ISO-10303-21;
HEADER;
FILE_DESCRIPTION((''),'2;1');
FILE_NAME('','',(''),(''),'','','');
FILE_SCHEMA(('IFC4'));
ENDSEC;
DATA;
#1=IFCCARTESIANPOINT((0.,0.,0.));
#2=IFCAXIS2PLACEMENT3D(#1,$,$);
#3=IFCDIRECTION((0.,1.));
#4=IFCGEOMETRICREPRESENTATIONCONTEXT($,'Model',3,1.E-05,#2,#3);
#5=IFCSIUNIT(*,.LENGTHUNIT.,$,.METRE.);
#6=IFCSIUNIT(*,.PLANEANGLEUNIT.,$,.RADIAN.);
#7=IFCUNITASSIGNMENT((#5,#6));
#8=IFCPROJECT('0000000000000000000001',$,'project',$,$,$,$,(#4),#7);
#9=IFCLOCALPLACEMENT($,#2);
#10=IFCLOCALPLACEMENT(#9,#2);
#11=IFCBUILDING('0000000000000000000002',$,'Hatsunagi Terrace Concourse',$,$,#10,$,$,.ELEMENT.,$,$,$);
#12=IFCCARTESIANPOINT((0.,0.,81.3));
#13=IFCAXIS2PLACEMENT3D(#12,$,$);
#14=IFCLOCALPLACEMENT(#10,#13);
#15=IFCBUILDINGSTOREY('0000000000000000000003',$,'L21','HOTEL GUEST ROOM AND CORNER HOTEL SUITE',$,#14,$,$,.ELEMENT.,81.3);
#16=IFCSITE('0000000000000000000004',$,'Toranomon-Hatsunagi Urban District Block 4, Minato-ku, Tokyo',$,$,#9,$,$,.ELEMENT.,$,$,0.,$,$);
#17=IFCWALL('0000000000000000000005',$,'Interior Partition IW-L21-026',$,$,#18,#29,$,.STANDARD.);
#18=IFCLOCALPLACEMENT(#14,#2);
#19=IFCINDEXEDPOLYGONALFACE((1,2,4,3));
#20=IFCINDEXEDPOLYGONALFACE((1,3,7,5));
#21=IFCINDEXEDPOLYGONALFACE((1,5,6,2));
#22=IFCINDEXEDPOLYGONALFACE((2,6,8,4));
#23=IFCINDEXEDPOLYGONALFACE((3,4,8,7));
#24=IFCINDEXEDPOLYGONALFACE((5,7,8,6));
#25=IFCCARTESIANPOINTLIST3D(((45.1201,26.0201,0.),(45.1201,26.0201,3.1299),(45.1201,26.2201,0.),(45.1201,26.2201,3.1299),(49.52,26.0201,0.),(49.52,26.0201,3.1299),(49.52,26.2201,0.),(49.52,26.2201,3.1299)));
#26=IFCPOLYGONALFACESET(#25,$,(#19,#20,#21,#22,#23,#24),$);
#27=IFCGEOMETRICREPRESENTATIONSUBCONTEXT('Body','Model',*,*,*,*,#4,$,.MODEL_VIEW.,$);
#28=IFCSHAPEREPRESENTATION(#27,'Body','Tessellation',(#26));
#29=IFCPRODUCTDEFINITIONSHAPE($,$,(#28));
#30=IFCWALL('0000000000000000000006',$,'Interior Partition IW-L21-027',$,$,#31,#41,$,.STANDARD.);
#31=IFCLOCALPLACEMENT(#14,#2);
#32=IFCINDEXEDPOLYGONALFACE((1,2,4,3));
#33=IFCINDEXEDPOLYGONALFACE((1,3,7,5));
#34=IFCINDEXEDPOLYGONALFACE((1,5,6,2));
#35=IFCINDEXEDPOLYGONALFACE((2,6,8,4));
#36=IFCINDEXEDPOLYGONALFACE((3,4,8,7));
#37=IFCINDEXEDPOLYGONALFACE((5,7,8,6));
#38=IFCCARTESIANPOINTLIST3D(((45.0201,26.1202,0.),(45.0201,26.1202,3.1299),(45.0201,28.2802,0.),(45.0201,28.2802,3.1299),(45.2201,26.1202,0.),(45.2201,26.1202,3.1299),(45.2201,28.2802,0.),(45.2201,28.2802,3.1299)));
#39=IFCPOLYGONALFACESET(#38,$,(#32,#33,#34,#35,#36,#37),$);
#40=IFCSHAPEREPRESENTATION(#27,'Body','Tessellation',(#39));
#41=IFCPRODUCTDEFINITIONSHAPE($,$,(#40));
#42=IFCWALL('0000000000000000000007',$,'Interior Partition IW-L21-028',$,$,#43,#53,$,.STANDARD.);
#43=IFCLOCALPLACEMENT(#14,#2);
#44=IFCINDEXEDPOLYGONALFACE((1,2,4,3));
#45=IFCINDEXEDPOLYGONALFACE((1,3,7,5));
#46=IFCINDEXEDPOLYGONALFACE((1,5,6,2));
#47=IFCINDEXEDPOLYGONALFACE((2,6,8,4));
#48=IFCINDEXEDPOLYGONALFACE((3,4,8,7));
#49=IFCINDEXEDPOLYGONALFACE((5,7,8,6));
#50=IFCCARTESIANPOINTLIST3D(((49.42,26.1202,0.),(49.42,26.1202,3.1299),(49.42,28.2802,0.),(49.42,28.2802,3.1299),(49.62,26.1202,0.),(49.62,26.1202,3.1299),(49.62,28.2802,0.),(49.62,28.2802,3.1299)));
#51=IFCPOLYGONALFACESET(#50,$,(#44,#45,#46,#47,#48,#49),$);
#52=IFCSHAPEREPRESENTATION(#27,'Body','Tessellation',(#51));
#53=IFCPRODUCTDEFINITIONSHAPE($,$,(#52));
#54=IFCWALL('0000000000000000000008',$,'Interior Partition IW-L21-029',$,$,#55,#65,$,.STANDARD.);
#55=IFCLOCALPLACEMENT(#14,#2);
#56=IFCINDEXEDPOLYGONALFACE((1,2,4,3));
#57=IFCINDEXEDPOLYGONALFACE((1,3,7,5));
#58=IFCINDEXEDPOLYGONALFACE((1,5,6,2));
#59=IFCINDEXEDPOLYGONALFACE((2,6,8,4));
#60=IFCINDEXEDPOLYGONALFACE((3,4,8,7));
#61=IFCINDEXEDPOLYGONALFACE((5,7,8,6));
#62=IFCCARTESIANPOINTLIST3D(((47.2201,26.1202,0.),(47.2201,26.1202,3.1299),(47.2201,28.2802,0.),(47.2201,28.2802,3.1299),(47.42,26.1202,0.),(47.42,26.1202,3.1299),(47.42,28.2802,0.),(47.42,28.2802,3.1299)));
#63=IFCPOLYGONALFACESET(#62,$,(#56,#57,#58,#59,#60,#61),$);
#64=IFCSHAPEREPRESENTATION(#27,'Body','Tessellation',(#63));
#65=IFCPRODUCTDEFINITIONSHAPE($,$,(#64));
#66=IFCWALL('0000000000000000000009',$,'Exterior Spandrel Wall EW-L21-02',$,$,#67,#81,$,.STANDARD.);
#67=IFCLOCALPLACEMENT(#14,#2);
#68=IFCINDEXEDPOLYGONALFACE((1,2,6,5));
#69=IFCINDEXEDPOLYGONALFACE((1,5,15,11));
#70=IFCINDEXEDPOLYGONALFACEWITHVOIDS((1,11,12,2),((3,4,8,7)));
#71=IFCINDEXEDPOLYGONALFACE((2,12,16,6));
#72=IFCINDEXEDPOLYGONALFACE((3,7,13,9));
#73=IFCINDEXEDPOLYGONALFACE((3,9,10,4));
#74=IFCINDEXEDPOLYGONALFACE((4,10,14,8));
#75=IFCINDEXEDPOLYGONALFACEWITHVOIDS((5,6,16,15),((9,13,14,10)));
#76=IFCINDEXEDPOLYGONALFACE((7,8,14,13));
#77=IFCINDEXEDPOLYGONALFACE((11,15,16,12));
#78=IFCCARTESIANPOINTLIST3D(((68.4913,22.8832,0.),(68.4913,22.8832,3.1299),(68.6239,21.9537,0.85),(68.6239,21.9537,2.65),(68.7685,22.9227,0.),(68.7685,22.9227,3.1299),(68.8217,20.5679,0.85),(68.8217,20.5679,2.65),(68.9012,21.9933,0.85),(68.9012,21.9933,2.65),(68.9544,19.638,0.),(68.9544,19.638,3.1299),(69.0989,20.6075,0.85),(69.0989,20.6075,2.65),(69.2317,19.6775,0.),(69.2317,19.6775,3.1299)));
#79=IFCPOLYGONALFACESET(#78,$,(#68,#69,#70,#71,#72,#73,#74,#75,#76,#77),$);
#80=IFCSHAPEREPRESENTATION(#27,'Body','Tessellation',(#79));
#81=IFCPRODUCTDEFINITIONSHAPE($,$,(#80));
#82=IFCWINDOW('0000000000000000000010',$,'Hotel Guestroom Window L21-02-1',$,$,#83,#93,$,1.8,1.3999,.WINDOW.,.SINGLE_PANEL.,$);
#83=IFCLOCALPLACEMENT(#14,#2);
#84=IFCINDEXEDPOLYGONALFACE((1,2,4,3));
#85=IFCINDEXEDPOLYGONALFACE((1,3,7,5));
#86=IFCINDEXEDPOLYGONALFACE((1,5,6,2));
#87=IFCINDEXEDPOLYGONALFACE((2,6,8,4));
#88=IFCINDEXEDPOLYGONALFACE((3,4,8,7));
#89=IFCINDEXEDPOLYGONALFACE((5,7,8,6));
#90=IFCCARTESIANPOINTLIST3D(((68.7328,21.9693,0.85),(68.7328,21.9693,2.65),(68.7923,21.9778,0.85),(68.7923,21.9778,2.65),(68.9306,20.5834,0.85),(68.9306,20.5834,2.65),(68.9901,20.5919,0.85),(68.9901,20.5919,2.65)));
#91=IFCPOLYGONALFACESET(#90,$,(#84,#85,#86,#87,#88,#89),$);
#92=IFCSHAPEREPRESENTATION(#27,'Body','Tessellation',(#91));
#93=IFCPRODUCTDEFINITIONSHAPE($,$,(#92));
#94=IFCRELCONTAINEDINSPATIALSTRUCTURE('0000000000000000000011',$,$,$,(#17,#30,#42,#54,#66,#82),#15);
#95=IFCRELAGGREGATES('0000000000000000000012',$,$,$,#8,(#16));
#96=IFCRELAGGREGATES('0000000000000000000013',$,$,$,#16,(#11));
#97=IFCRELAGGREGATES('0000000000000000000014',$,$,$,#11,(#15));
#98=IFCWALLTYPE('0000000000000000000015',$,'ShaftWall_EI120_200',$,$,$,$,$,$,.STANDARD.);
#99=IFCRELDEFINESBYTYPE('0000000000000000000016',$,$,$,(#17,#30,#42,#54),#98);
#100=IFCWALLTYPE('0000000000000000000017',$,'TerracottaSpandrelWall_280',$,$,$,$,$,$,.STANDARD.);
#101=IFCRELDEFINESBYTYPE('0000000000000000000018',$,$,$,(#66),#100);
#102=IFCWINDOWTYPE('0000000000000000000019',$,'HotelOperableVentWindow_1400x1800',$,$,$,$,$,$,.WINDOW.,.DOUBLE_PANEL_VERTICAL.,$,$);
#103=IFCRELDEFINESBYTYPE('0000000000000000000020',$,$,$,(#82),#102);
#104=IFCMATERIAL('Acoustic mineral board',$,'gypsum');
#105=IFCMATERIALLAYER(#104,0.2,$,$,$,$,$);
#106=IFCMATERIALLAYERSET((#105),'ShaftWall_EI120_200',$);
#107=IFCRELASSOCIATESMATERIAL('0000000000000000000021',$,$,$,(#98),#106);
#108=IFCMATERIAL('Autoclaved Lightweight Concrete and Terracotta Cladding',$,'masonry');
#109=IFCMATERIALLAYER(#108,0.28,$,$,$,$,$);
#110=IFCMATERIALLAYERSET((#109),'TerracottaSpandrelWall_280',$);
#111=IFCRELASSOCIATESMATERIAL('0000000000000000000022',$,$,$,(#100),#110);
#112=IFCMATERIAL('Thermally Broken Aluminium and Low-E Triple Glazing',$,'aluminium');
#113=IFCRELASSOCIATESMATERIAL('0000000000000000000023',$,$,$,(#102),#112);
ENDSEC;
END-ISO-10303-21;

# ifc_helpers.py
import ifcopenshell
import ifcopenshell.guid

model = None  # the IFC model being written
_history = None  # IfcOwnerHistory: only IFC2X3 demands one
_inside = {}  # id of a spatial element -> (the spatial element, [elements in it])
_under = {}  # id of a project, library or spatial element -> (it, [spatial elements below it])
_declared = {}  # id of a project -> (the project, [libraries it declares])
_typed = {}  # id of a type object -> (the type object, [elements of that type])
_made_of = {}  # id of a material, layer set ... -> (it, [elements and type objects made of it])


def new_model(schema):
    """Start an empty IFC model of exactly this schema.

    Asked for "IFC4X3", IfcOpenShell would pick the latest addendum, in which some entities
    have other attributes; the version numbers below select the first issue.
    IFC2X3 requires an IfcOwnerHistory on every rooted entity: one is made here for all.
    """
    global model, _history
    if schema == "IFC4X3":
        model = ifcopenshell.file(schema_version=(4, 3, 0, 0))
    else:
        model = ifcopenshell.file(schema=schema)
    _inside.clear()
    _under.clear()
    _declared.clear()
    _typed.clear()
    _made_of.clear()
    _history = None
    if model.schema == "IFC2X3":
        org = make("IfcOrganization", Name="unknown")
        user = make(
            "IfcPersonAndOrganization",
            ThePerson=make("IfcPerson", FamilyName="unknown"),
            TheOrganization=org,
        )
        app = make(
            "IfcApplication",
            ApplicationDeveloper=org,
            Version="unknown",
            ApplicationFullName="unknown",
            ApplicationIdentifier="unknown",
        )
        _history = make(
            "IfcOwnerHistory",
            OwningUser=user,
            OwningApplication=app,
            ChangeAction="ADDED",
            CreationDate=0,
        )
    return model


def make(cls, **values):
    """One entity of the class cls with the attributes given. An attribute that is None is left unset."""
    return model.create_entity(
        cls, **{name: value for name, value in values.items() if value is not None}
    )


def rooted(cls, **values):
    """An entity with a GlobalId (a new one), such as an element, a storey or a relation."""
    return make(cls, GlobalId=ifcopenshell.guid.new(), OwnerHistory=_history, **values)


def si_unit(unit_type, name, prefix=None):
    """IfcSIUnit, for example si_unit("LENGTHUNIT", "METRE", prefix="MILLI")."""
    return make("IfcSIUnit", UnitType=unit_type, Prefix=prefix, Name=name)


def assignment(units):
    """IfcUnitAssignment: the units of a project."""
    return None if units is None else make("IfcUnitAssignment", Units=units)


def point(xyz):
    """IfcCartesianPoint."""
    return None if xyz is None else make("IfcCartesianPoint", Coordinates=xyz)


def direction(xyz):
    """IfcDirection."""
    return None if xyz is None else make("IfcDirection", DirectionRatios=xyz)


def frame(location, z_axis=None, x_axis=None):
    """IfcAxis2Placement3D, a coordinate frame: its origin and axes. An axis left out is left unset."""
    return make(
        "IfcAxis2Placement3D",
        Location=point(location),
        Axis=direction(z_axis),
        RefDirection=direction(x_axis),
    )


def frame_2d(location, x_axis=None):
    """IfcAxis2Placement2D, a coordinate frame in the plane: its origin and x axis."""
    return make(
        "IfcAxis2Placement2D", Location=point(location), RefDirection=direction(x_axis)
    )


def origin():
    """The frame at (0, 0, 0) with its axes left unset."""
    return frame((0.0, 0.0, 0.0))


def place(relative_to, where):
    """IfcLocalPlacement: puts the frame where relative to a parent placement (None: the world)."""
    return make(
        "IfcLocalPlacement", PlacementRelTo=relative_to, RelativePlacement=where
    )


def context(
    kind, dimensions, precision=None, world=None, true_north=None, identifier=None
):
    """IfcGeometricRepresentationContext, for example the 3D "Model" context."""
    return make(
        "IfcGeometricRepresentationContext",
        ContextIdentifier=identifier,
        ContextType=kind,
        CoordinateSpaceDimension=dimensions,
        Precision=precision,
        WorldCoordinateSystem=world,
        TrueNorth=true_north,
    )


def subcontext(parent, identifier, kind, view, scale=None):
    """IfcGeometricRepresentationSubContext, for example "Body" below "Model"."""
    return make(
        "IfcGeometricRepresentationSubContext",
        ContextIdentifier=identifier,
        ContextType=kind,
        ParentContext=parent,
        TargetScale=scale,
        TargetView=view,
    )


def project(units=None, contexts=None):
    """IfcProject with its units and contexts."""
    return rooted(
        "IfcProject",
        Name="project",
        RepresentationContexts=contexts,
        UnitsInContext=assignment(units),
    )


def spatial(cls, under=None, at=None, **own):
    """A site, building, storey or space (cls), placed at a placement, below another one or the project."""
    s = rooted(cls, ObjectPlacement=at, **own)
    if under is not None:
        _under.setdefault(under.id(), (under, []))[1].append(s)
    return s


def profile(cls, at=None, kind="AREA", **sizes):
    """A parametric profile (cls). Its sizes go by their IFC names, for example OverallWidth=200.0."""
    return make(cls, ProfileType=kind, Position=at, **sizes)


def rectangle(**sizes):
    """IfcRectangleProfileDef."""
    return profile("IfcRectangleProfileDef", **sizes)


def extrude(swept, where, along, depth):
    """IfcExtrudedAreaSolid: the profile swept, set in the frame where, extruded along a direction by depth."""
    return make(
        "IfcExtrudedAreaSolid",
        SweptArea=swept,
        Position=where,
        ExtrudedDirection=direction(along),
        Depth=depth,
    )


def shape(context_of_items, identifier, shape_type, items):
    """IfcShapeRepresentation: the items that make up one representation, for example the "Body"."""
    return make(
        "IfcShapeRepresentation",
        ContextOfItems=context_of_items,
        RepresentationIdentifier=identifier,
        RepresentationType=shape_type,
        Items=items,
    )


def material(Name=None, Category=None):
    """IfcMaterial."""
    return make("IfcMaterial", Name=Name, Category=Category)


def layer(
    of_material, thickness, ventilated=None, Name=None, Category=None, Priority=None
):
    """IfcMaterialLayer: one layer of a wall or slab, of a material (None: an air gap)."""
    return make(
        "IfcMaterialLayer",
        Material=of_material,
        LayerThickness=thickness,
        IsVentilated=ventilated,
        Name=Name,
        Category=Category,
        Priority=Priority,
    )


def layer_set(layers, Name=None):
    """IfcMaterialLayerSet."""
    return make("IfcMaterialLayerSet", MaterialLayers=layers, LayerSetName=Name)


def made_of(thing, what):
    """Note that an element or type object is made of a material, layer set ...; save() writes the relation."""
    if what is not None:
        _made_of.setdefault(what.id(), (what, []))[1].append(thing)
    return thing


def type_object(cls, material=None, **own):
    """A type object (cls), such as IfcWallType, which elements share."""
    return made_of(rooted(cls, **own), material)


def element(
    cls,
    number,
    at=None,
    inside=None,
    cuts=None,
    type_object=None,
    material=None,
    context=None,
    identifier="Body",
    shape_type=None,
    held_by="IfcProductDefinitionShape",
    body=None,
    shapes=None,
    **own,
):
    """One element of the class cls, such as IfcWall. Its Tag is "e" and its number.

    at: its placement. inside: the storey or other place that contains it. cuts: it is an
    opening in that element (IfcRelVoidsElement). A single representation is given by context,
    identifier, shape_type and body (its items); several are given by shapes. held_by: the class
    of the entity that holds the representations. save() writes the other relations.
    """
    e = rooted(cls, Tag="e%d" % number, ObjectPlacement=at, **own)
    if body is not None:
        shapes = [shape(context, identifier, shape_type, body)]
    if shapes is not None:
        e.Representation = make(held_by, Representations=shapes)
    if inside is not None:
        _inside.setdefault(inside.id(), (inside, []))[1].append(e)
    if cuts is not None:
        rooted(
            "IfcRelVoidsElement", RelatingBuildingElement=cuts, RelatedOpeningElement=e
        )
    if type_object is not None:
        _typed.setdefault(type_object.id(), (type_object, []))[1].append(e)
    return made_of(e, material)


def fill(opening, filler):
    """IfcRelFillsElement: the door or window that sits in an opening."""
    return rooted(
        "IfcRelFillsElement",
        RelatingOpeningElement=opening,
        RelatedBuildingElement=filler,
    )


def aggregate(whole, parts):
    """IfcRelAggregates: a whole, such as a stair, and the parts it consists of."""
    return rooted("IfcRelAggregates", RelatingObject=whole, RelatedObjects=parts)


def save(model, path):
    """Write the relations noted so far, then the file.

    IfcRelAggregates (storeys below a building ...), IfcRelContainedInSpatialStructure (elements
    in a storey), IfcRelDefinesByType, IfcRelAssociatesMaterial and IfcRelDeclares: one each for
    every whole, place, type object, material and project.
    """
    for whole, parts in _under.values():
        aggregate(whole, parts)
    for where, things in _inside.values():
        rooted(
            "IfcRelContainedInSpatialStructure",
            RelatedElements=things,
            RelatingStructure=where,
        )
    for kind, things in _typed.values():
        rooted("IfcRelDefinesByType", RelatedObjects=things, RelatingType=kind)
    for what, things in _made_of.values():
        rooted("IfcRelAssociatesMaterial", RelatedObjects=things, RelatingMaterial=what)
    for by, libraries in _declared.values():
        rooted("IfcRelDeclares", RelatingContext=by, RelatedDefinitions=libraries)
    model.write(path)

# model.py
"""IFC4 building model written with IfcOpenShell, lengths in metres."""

from ifc_helpers import new_model, si_unit, direction, frame, frame_2d, origin, place, context, subcontext, project, spatial, rectangle, extrude, material, layer, layer_set, type_object, element, fill, save


model = new_model("IFC4")

# Units and contexts
model_context = context("Model", 3, precision=1e-05, world=origin(), true_north=direction((0.0, 1.0)))
body_context = subcontext(model_context, "Body", "Model", "MODEL_VIEW")
ifc_project = project(units=[si_unit("LENGTHUNIT", "METRE"), si_unit("PLANEANGLEUNIT", "RADIAN")], contexts=[model_context])

# Site, building, storey
site_placement = place(None, origin())
site = spatial("IfcSite", under=ifc_project, at=site_placement, Name="Toranomon-Hatsunagi Urban District Block 4, Minato-ku, Tokyo", CompositionType="ELEMENT", RefElevation=0.0)
building_placement = place(site_placement, origin())
building = spatial("IfcBuilding", under=site, at=building_placement, Name="Hatsunagi Terrace Concourse", CompositionType="ELEMENT")
storey_placement = place(building_placement, frame((0.0, 0.0, 81.3)))
storey = spatial("IfcBuildingStorey", under=building, at=storey_placement, Name="L21", Description="HOTEL GUEST ROOM AND CORNER HOTEL SUITE", CompositionType="ELEMENT", Elevation=81.3)

# Walls
ifc_material_1 = material(Name="Acoustic mineral board", Category="gypsum")
ifc_layer_1 = layer(ifc_material_1, 0.2)
ifc_layer_set_1 = layer_set([ifc_layer_1], Name="ShaftWall_EI120_200")
wall_type_1 = type_object("IfcWallType", Name="ShaftWall_EI120_200", PredefinedType="STANDARD", material=ifc_layer_set_1)
wall_1_placement = place(storey_placement, frame((45.1201, 26.1201, 0.0), z_axis=(0.0, 0.0, 1.0), x_axis=(1.0, 0.0, 0.0)))
element("IfcWall", 1, at=wall_1_placement, inside=storey, type_object=wall_type_1, Name="Interior Partition IW-L21-026", PredefinedType="STANDARD", context=body_context, shape_type="SweptSolid", body=[
    extrude(rectangle(XDim=4.3999, YDim=0.2, at=frame_2d((2.2, 0.0))), origin(), (0.0, 0.0, 1.0), 3.1299),
])
for number, where, z_axis, x_axis, name in (
    (2, (45.1201, 26.1201, 0.0), (0.0, 0.0, 1.0), (0.0, 1.0, 0.0), "Interior Partition IW-L21-027"),
    (3, (49.52, 26.1201, 0.0), (0.0, 0.0, 1.0), (0.0, 1.0, 0.0), "Interior Partition IW-L21-028"),
    (4, (47.3201, 26.1201, 0.0), (0.0, 0.0, 1.0), (0.0, 1.0, 0.0), "Interior Partition IW-L21-029"),
):
    element("IfcWall", number, at=place(storey_placement, frame(where, z_axis=z_axis, x_axis=x_axis)), inside=storey, type_object=wall_type_1, Name=name, PredefinedType="STANDARD", context=body_context, shape_type="SweptSolid", body=[
        extrude(rectangle(XDim=2.1599, YDim=0.2, at=frame_2d((1.0801, 0.0))), origin(), (0.0, 0.0, 1.0), 3.1299),
    ])

# Wall, opening, window
ifc_material_2 = material(Name="Autoclaved Lightweight Concrete and Terracotta Cladding", Category="masonry")
ifc_layer_2 = layer(ifc_material_2, 0.28)
ifc_layer_set_2 = layer_set([ifc_layer_2], Name="TerracottaSpandrelWall_280")
wall_type_2 = type_object("IfcWallType", Name="TerracottaSpandrelWall_280", PredefinedType="STANDARD", material=ifc_layer_set_2)
wall_2_placement = place(storey_placement, frame((68.6299, 22.9031, 0.0), z_axis=(0.0, 0.0, 1.0), x_axis=(0.141286, -0.989969, 0.0)))
wall_2 = element("IfcWall", 5, at=wall_2_placement, inside=storey, type_object=wall_type_2, Name="Exterior Spandrel Wall EW-L21-02", PredefinedType="STANDARD", context=body_context, shape_type="SweptSolid", body=[
    extrude(rectangle(XDim=3.2781, YDim=0.28, at=frame_2d((1.6392, 0.0))), origin(), (0.0, 0.0, 1.0), 3.1299),
])
opening_1_placement = place(wall_2_placement, frame((0.939, 0.0, 0.8501)))
opening_1 = element("IfcOpeningElement", 6, at=opening_1_placement, cuts=wall_2, PredefinedType="OPENING", context=body_context, shape_type="SweptSolid", body=[
    extrude(rectangle(XDim=1.3999, YDim=1.8, at=frame_2d((0.7, 0.8999))), frame((0.0, 0.1499, 0.0), z_axis=(0.0, -1.0, 0.0), x_axis=(1.0, 0.0, 0.0)), (0.0, 0.0, 1.0), 0.3),
])
ifc_material_3 = material(Name="Thermally Broken Aluminium and Low-E Triple Glazing", Category="aluminium")
window_type = type_object("IfcWindowType", Name="HotelOperableVentWindow_1400x1800", PartitioningType="DOUBLE_PANEL_VERTICAL", PredefinedType="WINDOW", material=ifc_material_3)
window_placement = place(opening_1_placement, origin())
window = element("IfcWindow", 7, at=window_placement, inside=storey, type_object=window_type, Name="Hotel Guestroom Window L21-02-1", OverallHeight=1.8, OverallWidth=1.3999, PartitioningType="SINGLE_PANEL", PredefinedType="WINDOW", context=body_context, shape_type="SweptSolid", body=[
    extrude(rectangle(XDim=1.3999, YDim=1.8, at=frame_2d((0.7, 0.8999))), frame((0.0, 0.03, 0.0), z_axis=(0.0, -1.0, 0.0), x_axis=(1.0, 0.0, 0.0)), (0.0, 0.0, 1.0), 0.0601),
])
fill(opening_1, window)

save(model, "model.ifc")
